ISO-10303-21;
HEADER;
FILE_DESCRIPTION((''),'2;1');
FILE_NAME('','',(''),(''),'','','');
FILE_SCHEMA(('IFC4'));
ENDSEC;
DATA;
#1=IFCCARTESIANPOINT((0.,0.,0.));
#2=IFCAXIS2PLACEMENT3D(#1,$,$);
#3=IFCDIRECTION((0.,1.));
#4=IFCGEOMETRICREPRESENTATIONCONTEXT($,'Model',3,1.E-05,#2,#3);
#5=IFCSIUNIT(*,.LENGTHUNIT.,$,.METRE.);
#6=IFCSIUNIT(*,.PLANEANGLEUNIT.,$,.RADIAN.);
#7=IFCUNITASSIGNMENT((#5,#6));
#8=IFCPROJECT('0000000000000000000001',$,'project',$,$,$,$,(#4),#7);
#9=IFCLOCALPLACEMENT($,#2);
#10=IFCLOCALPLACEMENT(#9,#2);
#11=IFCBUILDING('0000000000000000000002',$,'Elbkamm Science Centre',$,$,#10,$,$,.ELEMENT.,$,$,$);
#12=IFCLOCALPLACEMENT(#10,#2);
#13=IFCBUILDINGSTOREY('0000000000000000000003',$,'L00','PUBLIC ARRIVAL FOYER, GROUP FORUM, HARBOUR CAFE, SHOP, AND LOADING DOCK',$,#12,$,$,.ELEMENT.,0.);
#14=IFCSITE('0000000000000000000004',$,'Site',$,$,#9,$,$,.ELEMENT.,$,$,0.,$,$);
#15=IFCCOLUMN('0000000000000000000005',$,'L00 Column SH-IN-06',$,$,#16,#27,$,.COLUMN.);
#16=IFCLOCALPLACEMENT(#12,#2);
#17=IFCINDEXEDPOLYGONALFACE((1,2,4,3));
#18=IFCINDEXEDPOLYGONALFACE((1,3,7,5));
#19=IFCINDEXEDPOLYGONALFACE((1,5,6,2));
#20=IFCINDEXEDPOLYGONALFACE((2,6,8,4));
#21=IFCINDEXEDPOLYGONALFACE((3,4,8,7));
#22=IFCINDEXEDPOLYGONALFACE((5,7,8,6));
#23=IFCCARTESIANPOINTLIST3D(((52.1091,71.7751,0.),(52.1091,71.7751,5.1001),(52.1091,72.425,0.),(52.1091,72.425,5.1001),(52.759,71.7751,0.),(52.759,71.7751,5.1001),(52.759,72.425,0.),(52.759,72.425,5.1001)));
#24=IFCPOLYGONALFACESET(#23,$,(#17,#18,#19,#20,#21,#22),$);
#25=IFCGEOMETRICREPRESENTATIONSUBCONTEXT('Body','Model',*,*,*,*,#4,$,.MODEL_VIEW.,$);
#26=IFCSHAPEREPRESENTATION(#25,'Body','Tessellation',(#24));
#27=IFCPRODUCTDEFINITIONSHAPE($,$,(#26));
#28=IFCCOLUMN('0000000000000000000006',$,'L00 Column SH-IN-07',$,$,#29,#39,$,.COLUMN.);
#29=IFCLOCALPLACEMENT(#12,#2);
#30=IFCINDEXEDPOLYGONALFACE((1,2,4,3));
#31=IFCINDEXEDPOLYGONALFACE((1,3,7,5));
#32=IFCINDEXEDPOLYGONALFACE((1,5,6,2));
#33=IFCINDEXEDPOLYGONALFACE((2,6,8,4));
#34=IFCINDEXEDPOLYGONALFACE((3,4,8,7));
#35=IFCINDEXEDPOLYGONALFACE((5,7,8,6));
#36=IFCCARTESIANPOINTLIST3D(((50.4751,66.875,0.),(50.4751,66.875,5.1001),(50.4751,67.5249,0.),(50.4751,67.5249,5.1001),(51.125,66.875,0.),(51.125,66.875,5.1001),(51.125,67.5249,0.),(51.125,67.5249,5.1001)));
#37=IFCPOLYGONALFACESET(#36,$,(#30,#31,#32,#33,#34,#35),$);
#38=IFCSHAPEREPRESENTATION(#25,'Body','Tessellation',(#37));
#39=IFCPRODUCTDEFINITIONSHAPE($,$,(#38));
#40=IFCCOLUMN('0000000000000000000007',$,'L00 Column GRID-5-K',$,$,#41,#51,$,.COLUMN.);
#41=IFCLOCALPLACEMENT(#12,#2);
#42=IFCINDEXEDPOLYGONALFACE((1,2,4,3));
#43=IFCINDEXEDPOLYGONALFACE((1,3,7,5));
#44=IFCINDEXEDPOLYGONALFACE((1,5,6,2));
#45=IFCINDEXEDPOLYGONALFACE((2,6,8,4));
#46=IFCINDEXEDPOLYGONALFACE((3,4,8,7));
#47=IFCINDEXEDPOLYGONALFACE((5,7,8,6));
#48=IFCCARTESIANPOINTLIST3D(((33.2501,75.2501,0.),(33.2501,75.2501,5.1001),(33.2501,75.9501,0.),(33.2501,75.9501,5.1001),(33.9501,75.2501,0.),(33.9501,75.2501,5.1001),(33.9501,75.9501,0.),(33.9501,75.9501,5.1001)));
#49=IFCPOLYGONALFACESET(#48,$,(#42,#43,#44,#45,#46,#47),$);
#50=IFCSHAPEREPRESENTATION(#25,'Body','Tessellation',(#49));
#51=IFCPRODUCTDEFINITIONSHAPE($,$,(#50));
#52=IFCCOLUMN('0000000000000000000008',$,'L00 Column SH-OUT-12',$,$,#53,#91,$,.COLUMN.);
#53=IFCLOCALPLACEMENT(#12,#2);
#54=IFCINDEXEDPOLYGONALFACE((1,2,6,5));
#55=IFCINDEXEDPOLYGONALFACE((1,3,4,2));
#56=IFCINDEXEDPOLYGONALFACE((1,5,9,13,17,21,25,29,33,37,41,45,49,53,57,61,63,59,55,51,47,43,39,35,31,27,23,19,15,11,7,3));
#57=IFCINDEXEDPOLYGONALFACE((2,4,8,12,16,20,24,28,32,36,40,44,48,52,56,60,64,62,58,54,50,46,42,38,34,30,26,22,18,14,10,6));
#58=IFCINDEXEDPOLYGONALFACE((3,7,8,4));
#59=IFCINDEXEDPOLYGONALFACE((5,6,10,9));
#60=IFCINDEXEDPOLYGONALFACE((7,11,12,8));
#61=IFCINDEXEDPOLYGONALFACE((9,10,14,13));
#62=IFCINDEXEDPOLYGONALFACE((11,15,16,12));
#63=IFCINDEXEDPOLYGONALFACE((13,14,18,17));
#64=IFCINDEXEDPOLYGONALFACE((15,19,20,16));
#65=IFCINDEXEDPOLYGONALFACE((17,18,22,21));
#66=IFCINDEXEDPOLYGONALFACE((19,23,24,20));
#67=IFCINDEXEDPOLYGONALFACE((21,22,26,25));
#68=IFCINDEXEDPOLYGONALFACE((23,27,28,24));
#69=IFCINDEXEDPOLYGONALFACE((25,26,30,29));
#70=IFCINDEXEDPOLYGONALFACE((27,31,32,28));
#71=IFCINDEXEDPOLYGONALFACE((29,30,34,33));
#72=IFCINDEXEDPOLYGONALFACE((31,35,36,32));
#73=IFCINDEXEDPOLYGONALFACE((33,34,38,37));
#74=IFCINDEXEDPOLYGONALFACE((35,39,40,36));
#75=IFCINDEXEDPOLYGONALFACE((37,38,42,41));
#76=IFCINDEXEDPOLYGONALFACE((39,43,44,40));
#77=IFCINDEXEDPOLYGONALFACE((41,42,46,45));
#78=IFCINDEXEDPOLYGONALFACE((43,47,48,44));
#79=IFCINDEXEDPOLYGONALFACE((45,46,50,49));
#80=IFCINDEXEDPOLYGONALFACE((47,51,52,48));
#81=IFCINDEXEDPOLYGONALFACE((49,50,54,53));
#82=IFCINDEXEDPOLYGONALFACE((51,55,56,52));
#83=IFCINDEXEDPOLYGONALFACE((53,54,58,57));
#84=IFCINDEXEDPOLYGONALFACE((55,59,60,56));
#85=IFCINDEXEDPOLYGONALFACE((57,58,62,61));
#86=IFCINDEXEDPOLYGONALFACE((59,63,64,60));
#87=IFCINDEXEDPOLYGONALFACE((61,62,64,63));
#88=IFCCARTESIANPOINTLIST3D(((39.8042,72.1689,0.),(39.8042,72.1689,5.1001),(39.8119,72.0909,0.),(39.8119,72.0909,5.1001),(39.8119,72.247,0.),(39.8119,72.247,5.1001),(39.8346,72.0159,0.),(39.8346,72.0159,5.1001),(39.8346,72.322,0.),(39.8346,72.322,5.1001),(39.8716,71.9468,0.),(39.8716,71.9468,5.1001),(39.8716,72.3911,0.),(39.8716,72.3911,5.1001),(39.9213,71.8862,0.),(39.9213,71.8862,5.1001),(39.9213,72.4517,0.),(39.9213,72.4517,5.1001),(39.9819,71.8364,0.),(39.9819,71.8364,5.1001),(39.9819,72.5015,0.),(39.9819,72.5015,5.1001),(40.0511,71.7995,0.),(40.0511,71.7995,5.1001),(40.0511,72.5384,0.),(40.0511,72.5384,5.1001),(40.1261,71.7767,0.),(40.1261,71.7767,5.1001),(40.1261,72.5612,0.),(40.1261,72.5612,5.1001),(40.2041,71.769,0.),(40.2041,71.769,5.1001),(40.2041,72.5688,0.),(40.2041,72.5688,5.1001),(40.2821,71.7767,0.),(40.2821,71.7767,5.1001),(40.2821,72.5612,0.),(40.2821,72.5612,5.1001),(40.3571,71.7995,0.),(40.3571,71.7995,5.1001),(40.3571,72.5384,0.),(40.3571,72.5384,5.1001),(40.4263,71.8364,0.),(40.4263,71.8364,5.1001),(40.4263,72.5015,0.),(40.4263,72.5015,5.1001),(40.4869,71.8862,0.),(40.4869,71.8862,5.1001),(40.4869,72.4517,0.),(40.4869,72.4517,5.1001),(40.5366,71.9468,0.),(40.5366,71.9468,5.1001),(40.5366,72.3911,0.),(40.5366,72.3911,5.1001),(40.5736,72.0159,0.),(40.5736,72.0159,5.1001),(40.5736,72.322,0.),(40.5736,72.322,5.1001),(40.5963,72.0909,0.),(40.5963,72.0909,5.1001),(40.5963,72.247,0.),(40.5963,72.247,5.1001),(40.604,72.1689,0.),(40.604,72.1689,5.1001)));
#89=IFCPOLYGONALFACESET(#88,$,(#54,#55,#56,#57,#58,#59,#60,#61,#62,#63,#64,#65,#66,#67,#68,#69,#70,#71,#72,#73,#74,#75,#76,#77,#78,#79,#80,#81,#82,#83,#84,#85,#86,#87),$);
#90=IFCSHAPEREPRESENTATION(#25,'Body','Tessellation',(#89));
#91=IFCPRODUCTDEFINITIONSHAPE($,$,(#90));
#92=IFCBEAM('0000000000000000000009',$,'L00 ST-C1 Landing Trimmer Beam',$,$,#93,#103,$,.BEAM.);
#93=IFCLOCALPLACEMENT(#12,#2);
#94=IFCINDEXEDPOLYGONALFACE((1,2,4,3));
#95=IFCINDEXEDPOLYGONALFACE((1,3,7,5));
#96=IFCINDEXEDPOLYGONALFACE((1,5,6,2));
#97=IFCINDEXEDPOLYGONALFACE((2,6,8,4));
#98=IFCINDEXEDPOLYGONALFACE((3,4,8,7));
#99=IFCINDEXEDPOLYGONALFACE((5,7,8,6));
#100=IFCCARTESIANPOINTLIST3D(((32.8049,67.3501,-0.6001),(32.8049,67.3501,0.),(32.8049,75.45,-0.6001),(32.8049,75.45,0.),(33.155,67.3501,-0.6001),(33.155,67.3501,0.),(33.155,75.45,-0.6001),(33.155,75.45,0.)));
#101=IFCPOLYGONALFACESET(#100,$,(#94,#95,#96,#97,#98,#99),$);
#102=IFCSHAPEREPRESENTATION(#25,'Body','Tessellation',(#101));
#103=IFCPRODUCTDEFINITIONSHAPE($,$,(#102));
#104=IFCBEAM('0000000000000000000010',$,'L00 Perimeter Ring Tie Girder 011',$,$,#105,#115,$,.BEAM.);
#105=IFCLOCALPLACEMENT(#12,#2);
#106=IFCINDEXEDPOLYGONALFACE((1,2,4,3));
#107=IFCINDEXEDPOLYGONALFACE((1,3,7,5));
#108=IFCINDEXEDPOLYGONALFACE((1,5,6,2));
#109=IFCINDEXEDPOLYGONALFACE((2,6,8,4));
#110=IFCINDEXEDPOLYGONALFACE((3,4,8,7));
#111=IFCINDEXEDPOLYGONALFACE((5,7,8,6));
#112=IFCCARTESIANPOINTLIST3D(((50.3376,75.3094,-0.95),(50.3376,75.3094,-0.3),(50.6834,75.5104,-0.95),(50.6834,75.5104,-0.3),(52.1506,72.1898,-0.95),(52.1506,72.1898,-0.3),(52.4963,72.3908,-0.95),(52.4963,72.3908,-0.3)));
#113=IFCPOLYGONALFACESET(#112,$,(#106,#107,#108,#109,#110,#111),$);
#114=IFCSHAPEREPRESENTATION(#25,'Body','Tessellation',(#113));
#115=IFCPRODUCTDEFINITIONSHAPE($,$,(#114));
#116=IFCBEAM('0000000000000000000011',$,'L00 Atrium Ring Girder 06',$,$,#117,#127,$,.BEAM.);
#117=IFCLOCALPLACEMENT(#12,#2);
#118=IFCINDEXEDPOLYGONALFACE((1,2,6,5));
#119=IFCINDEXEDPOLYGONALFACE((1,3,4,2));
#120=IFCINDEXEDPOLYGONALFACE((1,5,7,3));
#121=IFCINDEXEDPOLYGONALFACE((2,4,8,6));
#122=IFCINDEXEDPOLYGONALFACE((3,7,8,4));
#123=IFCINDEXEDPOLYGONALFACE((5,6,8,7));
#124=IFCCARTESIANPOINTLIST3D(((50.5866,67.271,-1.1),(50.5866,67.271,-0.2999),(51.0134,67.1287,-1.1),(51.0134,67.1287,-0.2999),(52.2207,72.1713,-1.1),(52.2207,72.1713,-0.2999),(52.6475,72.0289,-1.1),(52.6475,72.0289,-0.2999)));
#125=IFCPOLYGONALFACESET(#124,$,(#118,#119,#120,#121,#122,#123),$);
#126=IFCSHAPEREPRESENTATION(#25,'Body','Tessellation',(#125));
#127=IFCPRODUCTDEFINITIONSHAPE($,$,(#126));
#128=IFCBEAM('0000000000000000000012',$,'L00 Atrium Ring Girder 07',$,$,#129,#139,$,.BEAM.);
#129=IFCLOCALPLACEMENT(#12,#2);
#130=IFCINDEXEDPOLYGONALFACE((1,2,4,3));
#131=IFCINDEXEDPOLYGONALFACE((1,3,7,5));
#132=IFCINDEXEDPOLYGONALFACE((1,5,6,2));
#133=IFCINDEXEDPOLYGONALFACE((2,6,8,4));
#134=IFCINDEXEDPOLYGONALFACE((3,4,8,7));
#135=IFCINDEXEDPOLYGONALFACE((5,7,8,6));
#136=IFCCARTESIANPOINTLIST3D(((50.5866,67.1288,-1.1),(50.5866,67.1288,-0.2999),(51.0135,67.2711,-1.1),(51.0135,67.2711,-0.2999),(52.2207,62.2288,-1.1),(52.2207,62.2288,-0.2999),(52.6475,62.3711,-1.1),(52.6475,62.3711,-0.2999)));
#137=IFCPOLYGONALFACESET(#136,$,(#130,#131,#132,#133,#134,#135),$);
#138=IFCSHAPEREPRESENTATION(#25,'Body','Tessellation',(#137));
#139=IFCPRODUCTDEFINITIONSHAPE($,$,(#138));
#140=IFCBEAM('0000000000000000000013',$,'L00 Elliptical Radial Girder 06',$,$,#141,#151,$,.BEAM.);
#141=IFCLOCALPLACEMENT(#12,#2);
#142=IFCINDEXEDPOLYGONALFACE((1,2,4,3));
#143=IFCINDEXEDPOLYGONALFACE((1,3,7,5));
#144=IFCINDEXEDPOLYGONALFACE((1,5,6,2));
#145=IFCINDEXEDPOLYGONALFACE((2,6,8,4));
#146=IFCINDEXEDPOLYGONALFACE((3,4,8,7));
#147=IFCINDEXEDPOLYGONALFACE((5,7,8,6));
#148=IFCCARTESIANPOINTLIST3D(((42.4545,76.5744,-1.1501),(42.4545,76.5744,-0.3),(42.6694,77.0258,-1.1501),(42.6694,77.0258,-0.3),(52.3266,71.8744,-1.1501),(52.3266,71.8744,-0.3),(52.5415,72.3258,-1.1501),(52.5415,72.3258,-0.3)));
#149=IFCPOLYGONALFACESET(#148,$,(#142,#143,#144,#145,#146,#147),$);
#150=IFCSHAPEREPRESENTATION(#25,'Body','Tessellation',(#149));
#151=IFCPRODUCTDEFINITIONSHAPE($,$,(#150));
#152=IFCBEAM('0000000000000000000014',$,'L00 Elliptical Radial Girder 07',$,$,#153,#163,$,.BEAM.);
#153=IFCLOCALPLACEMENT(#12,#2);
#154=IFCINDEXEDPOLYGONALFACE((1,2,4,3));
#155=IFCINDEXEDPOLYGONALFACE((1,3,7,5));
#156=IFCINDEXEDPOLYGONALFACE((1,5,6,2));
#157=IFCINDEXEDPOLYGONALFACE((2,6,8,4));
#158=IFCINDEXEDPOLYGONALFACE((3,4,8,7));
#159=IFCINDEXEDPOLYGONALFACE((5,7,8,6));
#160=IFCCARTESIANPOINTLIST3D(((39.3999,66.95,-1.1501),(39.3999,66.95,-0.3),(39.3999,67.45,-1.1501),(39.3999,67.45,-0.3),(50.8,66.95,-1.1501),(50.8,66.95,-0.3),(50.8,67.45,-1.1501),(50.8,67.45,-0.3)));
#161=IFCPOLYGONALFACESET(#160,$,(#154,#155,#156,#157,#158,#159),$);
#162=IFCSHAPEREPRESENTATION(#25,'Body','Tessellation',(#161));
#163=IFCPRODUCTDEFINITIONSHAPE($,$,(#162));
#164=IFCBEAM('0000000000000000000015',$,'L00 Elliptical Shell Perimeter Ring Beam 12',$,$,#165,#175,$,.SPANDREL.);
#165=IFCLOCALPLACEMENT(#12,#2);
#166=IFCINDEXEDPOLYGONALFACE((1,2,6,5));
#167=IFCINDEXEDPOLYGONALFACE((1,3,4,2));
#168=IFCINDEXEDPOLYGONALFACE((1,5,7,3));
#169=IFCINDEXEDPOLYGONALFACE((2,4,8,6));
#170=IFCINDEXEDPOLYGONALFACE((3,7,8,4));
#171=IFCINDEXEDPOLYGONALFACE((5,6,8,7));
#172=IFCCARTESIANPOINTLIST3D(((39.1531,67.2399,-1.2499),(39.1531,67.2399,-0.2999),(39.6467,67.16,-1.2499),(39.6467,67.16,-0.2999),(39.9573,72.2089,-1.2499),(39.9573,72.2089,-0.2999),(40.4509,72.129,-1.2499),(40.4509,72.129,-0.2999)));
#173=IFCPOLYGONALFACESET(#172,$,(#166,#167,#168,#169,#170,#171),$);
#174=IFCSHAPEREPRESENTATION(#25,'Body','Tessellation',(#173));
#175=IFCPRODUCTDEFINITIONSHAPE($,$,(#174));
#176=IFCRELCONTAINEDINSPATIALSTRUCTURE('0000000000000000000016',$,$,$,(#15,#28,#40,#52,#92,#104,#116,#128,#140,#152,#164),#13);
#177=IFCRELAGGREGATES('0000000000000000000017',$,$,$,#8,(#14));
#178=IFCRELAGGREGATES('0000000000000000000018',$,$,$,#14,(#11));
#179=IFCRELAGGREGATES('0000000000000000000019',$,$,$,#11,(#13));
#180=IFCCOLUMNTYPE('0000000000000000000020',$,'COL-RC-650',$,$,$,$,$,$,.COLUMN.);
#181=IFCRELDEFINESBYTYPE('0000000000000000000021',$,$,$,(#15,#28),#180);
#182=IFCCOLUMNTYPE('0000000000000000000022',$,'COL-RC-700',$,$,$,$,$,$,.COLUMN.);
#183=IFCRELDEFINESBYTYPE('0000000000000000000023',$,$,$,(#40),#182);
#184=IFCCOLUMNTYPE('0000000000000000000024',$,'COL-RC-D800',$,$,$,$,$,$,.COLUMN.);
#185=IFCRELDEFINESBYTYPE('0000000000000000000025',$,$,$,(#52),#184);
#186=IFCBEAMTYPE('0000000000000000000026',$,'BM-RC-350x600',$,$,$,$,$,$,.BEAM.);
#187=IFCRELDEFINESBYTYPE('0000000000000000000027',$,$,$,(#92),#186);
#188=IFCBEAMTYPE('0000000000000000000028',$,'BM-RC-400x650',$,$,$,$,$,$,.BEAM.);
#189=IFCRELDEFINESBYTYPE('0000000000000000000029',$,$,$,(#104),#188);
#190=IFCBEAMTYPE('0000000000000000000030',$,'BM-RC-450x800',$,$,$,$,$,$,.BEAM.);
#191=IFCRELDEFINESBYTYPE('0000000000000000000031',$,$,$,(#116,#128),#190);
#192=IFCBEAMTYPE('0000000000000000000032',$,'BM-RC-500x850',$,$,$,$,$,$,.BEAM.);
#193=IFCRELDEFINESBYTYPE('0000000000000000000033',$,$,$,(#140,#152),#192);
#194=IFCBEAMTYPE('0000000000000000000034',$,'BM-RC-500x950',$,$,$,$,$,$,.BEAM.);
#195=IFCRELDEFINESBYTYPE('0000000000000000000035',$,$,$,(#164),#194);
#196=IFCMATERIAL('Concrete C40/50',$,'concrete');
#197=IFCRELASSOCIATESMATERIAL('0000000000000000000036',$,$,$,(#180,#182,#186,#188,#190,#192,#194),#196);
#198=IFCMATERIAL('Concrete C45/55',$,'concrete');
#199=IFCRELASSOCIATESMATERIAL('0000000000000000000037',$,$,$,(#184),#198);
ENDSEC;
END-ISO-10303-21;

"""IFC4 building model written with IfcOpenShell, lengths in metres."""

from ifc_helpers import new_model, si_unit, direction, frame, origin, origin_2d, place, context, subcontext, project, spatial, rectangle, circle, extrude, material, material_profile, profile_set, type_object, element, save


model = new_model("IFC4")

# Units and contexts
model_context = context("Model", 3, precision=1e-05, world=origin(), true_north=direction((0.0, 1.0)))
body_context = subcontext(model_context, "Body", "Model", "MODEL_VIEW")
ifc_project = project(units=[si_unit("LENGTHUNIT", "METRE"), si_unit("PLANEANGLEUNIT", "RADIAN")], contexts=[model_context])

# Site, building, storey
site_placement = place(None, origin())
site = spatial("IfcSite", under=ifc_project, at=site_placement, Name="Site", CompositionType="ELEMENT", RefElevation=0.0)
building_placement = place(site_placement, origin())
building = spatial("IfcBuilding", under=site, at=building_placement, Name="Elbkamm Science Centre", CompositionType="ELEMENT")
storey_placement = place(building_placement, origin())
storey = spatial("IfcBuildingStorey", under=building, at=storey_placement, Name="L00", Description="PUBLIC ARRIVAL FOYER, GROUP FORUM, HARBOUR CAFE, SHOP, AND LOADING DOCK", CompositionType="ELEMENT", Elevation=0.0)

# Columns
ifc_material_1 = material(Name="Concrete C40/50", Category="concrete")
ifc_material_profile_1 = material_profile(ifc_material_1, rectangle(XDim=0.6499, YDim=0.6499, at=origin_2d()), Name="RC 650x650")
ifc_profile_set_1 = profile_set([ifc_material_profile_1], Name="Concrete C40/50")
column_type_1 = type_object("IfcColumnType", Name="COL-RC-650", PredefinedType="COLUMN", material=ifc_profile_set_1)
for number, where, z_axis, x_axis, name in (
    (1, (52.4341, 72.1001, 0.0), (0.0, 0.0, 1.0), (1.0, 0.0, 0.0), "L00 Column SH-IN-06"),
    (2, (50.8, 67.2, 0.0), (0.0, 0.0, 1.0), (1.0, 0.0, 0.0), "L00 Column SH-IN-07"),
):
    element("IfcColumn", number, at=place(storey_placement, frame(where, z_axis=z_axis, x_axis=x_axis)), inside=storey, type_object=column_type_1, Name=name, PredefinedType="COLUMN", context=body_context, shape_type="SweptSolid", body=[
        extrude(rectangle(XDim=0.6499, YDim=0.6499, at=origin_2d()), origin(), (0.0, 0.0, 1.0), 5.1001),
    ])
ifc_material_profile_2 = material_profile(ifc_material_1, rectangle(XDim=0.7, YDim=0.7, at=origin_2d()), Name="RC 700x700")
ifc_profile_set_2 = profile_set([ifc_material_profile_2], Name="Concrete C40/50")
column_type_2 = type_object("IfcColumnType", Name="COL-RC-700", PredefinedType="COLUMN", material=ifc_profile_set_2)
column_1_placement = place(storey_placement, frame((33.6001, 75.6001, 0.0), z_axis=(0.0, 0.0, 1.0), x_axis=(1.0, 0.0, 0.0)))
element("IfcColumn", 3, at=column_1_placement, inside=storey, type_object=column_type_2, Name="L00 Column GRID-5-K", PredefinedType="COLUMN", context=body_context, shape_type="SweptSolid", body=[
    extrude(rectangle(XDim=0.7, YDim=0.7, at=origin_2d()), origin(), (0.0, 0.0, 1.0), 5.1001),
])
ifc_material_2 = material(Name="Concrete C45/55", Category="concrete")
ifc_material_profile_3 = material_profile(ifc_material_2, circle(Radius=0.3999, at=origin_2d()), Name="RC D800")
ifc_profile_set_3 = profile_set([ifc_material_profile_3], Name="Concrete C45/55")
column_type_3 = type_object("IfcColumnType", Name="COL-RC-D800", PredefinedType="COLUMN", material=ifc_profile_set_3)
column_2_placement = place(storey_placement, frame((40.2041, 72.1689, 0.0), z_axis=(0.0, 0.0, 1.0), x_axis=(1.0, 0.0, 0.0)))
element("IfcColumn", 4, at=column_2_placement, inside=storey, type_object=column_type_3, Name="L00 Column SH-OUT-12", PredefinedType="COLUMN", context=body_context, shape_type="SweptSolid", body=[
    extrude(circle(Radius=0.3999, at=origin_2d()), origin(), (0.0, 0.0, 1.0), 5.1001),
])

# Beams
ifc_material_profile_4 = material_profile(ifc_material_1, rectangle(XDim=0.3501, YDim=0.6001, at=origin_2d()), Name="RC 350x600")
ifc_profile_set_4 = profile_set([ifc_material_profile_4], Name="Concrete C40/50")
beam_type_1 = type_object("IfcBeamType", Name="BM-RC-350x600", PredefinedType="BEAM", material=ifc_profile_set_4)
beam_1_placement = place(storey_placement, frame((32.98, 67.3501, -0.3), z_axis=(0.0, 1.0, 0.0), x_axis=(-1.0, 0.0, 0.0)))
element("IfcBeam", 5, at=beam_1_placement, inside=storey, type_object=beam_type_1, Name="L00 ST-C1 Landing Trimmer Beam", PredefinedType="BEAM", context=body_context, shape_type="SweptSolid", body=[
    extrude(rectangle(XDim=0.3501, YDim=0.6001, at=origin_2d()), origin(), (0.0, 0.0, 1.0), 8.0999),
])
ifc_material_profile_5 = material_profile(ifc_material_1, rectangle(XDim=0.3999, YDim=0.6499, at=origin_2d()), Name="RC 400x650")
ifc_profile_set_5 = profile_set([ifc_material_profile_5], Name="Concrete C40/50")
beam_type_2 = type_object("IfcBeamType", Name="BM-RC-400x650", PredefinedType="BEAM", material=ifc_profile_set_5)
beam_2_placement = place(storey_placement, frame((50.5105, 75.4099, -0.625), z_axis=(0.502465, -0.864597, 0.0), x_axis=(0.864597, 0.502465, 0.0)))
element("IfcBeam", 6, at=beam_2_placement, inside=storey, type_object=beam_type_2, Name="L00 Perimeter Ring Tie Girder 011", PredefinedType="BEAM", context=body_context, shape_type="SweptSolid", body=[
    extrude(rectangle(XDim=0.3999, YDim=0.6499, at=origin_2d()), origin(), (0.0, 0.0, 1.0), 3.6082),
])
ifc_material_profile_6 = material_profile(ifc_material_1, rectangle(XDim=0.45, YDim=0.8, at=origin_2d()), Name="RC 450x800")
ifc_profile_set_6 = profile_set([ifc_material_profile_6], Name="Concrete C40/50")
beam_type_3 = type_object("IfcBeamType", Name="BM-RC-450x800", PredefinedType="BEAM", material=ifc_profile_set_6)
beam_3_placement = place(storey_placement, frame((52.4341, 72.1001, -0.7), z_axis=(-0.316341, -0.948645, 0.0), x_axis=(0.948645, -0.316341, 0.0)))
element("IfcBeam", 7, at=beam_3_placement, inside=storey, type_object=beam_type_3, Name="L00 Atrium Ring Girder 06", PredefinedType="BEAM", context=body_context, shape_type="SweptSolid", body=[
    extrude(rectangle(XDim=0.45, YDim=0.8, at=origin_2d()), origin(), (0.0, 0.0, 1.0), 5.1655),
])
beam_4_placement = place(storey_placement, frame((50.8, 67.2, -0.7), z_axis=(0.316355, -0.948641, 0.0), x_axis=(0.948641, 0.316355, 0.0)))
element("IfcBeam", 8, at=beam_4_placement, inside=storey, type_object=beam_type_3, Name="L00 Atrium Ring Girder 07", PredefinedType="BEAM", context=body_context, shape_type="SweptSolid", body=[
    extrude(rectangle(XDim=0.45, YDim=0.8, at=origin_2d()), origin(), (0.0, 0.0, 1.0), 5.1653),
])
ifc_material_profile_7 = material_profile(ifc_material_1, rectangle(XDim=0.5, YDim=0.8501, at=origin_2d()), Name="RC 500x850")
ifc_profile_set_7 = profile_set([ifc_material_profile_7], Name="Concrete C40/50")
beam_type_4 = type_object("IfcBeamType", Name="BM-RC-500x850", PredefinedType="BEAM", material=ifc_profile_set_7)
beam_5_placement = place(storey_placement, frame((52.4341, 72.1001, -0.7251), z_axis=(-0.902897, 0.429856, 0.0), x_axis=(-0.429856, -0.902897, 0.0)))
element("IfcBeam", 9, at=beam_5_placement, inside=storey, type_object=beam_type_4, Name="L00 Elliptical Radial Girder 06", PredefinedType="BEAM", context=body_context, shape_type="SweptSolid", body=[
    extrude(rectangle(XDim=0.5, YDim=0.8501, at=origin_2d()), origin(), (0.0, 0.0, 1.0), 10.9338),
])
beam_6_placement = place(storey_placement, frame((50.8, 67.2, -0.7251), z_axis=(-1.0, 0.0, 0.0), x_axis=(0.0, -1.0, 0.0)))
element("IfcBeam", 10, at=beam_6_placement, inside=storey, type_object=beam_type_4, Name="L00 Elliptical Radial Girder 07", PredefinedType="BEAM", context=body_context, shape_type="SweptSolid", body=[
    extrude(rectangle(XDim=0.5, YDim=0.8501, at=origin_2d()), origin(), (0.0, 0.0, 1.0), 11.4001),
])
ifc_material_profile_8 = material_profile(ifc_material_1, rectangle(XDim=0.5, YDim=0.95, at=origin_2d()), Name="RC 500x950")
ifc_profile_set_8 = profile_set([ifc_material_profile_8], Name="Concrete C40/50")
beam_type_5 = type_object("IfcBeamType", Name="BM-RC-500x950", PredefinedType="BEAM", material=ifc_profile_set_8)
for number, where, z_axis, x_axis, name in (
    (11, (40.2041, 72.1689, -0.7749), (-0.159765, -0.987155, 0.0), (0.987155, -0.159765, 0.0), "L00 Elliptical Shell Perimeter Ring Beam 12"),
):
    element("IfcBeam", number, at=place(storey_placement, frame(where, z_axis=z_axis, x_axis=x_axis)), inside=storey, type_object=beam_type_5, Name=name, PredefinedType="SPANDREL", context=body_context, shape_type="SweptSolid", body=[
        extrude(rectangle(XDim=0.5, YDim=0.95, at=origin_2d()), origin(), (0.0, 0.0, 1.0), 5.0337),
    ])

save(model, "model.ifc")
